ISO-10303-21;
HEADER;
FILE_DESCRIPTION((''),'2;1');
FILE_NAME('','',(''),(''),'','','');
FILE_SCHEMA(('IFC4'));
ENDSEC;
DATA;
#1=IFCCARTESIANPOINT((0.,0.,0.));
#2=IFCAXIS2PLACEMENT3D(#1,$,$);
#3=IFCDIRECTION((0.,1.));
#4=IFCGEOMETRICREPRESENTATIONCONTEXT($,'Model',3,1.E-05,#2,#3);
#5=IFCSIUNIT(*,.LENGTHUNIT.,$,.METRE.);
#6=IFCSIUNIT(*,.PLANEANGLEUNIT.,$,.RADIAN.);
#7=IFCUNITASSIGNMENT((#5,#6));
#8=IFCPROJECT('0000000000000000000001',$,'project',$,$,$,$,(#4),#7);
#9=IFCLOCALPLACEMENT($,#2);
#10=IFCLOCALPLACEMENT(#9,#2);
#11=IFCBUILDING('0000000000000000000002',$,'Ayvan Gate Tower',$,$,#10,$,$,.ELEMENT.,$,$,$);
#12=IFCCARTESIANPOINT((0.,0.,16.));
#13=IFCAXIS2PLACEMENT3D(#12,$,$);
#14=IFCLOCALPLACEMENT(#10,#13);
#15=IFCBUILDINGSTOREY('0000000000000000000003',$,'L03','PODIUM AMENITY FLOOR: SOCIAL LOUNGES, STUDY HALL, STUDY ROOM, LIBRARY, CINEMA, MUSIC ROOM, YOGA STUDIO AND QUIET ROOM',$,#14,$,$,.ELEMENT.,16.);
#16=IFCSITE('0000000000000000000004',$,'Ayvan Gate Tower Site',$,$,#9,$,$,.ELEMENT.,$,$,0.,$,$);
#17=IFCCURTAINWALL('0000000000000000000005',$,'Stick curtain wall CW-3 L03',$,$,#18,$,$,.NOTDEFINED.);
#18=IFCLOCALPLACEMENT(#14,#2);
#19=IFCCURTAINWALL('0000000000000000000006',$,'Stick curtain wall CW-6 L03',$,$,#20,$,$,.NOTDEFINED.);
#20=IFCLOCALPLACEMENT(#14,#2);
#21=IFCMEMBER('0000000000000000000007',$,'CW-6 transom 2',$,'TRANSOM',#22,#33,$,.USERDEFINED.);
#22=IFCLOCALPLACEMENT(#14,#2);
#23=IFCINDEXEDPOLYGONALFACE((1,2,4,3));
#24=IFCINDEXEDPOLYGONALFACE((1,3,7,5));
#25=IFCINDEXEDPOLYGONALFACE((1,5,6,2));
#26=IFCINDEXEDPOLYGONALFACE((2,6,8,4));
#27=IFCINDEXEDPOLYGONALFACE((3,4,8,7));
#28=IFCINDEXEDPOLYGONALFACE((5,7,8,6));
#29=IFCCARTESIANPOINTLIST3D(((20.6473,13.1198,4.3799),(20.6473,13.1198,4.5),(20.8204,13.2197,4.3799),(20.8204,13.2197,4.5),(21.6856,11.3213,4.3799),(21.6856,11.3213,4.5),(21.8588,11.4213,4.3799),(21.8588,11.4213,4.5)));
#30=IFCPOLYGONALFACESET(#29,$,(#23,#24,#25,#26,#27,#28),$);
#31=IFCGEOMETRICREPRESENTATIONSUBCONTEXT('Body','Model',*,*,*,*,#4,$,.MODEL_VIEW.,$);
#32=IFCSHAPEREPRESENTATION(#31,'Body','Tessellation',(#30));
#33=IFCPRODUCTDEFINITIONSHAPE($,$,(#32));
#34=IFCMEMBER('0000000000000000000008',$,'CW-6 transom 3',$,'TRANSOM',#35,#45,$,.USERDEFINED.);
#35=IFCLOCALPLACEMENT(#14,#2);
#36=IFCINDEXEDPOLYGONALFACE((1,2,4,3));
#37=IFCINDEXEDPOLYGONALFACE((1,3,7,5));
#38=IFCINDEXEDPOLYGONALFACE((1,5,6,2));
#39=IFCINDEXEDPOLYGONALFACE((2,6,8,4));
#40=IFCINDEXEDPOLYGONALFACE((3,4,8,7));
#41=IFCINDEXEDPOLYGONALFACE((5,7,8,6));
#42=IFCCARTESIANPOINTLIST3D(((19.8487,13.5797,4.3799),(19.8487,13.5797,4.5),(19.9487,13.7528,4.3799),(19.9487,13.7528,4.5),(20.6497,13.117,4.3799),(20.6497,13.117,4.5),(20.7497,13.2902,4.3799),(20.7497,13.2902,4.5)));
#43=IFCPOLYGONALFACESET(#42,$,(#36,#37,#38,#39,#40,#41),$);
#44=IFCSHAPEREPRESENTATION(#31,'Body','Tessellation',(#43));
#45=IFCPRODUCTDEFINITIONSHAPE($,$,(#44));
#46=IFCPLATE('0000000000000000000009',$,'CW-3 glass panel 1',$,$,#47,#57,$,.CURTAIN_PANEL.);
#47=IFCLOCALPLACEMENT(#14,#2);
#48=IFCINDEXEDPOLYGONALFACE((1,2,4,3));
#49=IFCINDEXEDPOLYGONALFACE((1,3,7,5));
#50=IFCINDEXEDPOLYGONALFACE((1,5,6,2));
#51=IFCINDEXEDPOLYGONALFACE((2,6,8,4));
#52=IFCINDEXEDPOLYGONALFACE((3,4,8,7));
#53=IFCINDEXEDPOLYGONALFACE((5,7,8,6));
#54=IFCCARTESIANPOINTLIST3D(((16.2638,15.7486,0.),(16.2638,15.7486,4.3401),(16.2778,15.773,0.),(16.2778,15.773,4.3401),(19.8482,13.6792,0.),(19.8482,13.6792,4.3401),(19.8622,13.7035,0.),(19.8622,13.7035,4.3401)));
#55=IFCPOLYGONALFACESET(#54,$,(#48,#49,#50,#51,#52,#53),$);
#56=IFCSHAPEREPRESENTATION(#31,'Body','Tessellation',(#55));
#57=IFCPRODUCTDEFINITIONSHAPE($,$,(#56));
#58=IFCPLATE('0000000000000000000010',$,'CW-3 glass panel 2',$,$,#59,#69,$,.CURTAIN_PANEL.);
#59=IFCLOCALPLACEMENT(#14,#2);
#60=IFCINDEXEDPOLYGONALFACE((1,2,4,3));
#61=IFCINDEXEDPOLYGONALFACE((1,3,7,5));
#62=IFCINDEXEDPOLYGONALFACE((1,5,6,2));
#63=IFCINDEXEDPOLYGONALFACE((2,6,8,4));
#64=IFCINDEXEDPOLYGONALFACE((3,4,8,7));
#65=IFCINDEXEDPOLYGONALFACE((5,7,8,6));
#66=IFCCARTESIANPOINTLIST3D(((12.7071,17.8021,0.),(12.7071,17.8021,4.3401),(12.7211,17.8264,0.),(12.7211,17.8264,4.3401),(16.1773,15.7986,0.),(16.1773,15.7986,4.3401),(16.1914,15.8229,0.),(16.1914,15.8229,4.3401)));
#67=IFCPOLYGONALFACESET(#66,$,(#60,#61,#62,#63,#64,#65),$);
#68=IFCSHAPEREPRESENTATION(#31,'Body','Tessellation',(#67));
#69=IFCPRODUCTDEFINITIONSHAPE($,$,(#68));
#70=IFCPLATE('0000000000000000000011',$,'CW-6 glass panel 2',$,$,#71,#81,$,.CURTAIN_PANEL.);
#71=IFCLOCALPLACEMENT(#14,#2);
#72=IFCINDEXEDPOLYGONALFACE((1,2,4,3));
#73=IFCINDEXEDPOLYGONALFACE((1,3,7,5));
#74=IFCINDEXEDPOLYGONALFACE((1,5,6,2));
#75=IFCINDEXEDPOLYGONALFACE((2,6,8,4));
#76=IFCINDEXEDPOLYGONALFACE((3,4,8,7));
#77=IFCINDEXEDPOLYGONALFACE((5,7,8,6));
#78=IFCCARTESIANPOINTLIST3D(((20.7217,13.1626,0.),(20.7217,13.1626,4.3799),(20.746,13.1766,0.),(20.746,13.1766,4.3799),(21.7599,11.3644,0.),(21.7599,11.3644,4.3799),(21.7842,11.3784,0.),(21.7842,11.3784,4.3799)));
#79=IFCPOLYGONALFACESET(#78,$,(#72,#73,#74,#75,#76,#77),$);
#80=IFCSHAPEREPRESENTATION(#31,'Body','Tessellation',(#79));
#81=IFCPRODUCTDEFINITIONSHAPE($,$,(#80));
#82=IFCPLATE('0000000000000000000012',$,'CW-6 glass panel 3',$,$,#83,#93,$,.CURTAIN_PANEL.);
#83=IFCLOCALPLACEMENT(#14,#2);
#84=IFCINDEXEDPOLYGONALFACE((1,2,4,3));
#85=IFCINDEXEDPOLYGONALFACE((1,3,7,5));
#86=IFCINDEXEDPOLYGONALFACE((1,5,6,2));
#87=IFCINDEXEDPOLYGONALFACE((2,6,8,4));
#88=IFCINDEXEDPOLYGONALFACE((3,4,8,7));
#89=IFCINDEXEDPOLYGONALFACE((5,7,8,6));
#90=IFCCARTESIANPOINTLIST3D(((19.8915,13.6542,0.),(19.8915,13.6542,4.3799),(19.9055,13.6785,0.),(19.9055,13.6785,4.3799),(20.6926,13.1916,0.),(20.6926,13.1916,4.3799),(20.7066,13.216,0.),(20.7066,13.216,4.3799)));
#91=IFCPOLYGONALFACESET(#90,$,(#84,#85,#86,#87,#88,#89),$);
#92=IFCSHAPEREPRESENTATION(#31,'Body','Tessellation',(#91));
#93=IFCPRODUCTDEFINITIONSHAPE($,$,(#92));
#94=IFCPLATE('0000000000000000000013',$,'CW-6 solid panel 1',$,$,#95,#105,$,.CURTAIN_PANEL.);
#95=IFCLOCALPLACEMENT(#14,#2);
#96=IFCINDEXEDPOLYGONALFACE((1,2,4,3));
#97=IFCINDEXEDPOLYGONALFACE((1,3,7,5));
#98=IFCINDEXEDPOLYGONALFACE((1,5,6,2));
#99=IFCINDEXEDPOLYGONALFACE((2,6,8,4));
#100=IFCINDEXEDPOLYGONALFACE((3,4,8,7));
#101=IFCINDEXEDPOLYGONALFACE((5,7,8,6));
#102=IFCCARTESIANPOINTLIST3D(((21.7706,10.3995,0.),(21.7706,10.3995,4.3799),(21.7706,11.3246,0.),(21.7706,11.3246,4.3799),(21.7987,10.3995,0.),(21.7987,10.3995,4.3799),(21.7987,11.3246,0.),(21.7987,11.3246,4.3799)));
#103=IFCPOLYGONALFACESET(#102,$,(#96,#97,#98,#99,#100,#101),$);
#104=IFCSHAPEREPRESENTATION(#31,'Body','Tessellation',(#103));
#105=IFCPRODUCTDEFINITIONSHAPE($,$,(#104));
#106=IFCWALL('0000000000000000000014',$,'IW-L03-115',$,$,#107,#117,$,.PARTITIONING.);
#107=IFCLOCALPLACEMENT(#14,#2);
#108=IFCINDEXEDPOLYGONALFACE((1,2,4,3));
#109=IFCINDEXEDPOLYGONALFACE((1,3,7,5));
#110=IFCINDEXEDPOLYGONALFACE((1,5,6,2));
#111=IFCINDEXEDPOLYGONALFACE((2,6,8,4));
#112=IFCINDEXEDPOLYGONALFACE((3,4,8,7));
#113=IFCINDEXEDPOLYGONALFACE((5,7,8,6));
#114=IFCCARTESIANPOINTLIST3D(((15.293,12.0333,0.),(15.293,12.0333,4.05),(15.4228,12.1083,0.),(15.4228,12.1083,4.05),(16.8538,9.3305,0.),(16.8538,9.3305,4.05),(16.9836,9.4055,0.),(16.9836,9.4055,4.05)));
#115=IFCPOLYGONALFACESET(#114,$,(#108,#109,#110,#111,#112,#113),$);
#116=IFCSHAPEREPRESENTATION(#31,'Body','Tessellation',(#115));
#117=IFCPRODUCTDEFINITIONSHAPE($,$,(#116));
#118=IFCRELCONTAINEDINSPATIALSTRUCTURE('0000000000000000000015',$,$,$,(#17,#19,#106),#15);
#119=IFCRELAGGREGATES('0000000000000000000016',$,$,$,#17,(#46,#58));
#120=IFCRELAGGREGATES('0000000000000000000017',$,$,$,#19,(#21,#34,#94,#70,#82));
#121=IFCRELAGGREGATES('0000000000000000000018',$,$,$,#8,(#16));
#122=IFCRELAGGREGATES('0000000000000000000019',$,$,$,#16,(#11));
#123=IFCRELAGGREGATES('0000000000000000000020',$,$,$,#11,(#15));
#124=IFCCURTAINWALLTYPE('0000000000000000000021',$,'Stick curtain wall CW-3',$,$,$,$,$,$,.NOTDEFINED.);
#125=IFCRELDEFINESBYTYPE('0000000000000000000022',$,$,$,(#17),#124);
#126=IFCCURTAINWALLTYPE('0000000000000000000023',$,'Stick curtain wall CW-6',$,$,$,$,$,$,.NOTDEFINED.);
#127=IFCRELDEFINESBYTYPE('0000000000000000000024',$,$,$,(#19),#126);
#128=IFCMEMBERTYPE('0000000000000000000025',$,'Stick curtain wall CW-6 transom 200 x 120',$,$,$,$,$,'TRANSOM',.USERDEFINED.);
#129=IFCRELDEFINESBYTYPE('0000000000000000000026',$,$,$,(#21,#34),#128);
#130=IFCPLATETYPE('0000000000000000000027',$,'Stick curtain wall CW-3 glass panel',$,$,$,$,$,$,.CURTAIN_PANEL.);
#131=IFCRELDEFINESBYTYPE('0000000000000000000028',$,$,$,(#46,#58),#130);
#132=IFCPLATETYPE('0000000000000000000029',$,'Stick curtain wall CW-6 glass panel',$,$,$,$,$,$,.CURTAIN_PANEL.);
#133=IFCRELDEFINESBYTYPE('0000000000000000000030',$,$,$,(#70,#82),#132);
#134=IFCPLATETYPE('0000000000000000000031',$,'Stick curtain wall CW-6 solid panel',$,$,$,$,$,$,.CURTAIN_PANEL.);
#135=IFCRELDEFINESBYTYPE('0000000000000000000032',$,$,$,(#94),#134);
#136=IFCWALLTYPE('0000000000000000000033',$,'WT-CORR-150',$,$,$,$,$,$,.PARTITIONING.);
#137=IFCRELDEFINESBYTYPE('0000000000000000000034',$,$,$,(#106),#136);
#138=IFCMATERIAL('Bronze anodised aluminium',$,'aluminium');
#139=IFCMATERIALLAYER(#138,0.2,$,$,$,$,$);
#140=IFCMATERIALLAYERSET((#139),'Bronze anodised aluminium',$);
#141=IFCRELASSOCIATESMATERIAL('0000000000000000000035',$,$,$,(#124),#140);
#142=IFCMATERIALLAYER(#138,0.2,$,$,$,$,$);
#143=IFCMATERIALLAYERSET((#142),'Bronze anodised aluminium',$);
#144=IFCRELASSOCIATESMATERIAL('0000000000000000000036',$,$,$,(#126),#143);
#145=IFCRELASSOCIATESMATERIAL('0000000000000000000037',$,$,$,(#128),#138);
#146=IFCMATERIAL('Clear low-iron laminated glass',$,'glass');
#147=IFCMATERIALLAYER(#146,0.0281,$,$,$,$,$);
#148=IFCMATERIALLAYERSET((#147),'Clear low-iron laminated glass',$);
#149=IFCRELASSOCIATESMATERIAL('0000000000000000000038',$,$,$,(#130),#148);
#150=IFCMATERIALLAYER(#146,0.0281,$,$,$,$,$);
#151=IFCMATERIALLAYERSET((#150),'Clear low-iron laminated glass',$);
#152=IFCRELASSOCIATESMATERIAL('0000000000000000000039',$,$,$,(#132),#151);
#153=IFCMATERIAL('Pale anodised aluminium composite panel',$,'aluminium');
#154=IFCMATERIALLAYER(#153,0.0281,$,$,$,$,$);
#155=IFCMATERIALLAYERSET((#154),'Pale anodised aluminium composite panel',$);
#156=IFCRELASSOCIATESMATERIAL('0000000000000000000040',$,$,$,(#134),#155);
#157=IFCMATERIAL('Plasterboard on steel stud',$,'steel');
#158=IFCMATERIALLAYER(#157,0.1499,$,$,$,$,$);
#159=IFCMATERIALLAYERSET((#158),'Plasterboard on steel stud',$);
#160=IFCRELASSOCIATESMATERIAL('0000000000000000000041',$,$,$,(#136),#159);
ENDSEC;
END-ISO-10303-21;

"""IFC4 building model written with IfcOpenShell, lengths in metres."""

from ifc_helpers import new_model, si_unit, direction, frame, frame_2d, origin, origin_2d, place, context, subcontext, project, spatial, rectangle, extrude, material, layer, layer_set, material_profile, profile_set, type_object, element, aggregate, save


model = new_model("IFC4")

# Units and contexts
model_context = context("Model", 3, precision=1e-05, world=origin(), true_north=direction((0.0, 1.0)))
body_context = subcontext(model_context, "Body", "Model", "MODEL_VIEW")
ifc_project = project(units=[si_unit("LENGTHUNIT", "METRE"), si_unit("PLANEANGLEUNIT", "RADIAN")], contexts=[model_context])

# Site, building, storey
site_placement = place(None, origin())
site = spatial("IfcSite", under=ifc_project, at=site_placement, Name="Ayvan Gate Tower Site", CompositionType="ELEMENT", RefElevation=0.0)
building_placement = place(site_placement, origin())
building = spatial("IfcBuilding", under=site, at=building_placement, Name="Ayvan Gate Tower", CompositionType="ELEMENT")
storey_placement = place(building_placement, frame((0.0, 0.0, 16.0)))
storey = spatial("IfcBuildingStorey", under=building, at=storey_placement, Name="L03", Description="PODIUM AMENITY FLOOR: SOCIAL LOUNGES, STUDY HALL, STUDY ROOM, LIBRARY, CINEMA, MUSIC ROOM, YOGA STUDIO AND QUIET ROOM", CompositionType="ELEMENT", Elevation=16.0)

# Curtain walls, members
ifc_material_1 = material(Name="Bronze anodised aluminium", Category="aluminium")
ifc_layer_1 = layer(ifc_material_1, 0.2)
ifc_layer_set_1 = layer_set([ifc_layer_1], Name="Bronze anodised aluminium")
curtain_wall_type_1 = type_object("IfcCurtainWallType", Name="Stick curtain wall CW-3", PredefinedType="NOTDEFINED", material=ifc_layer_set_1)
curtain_wall_1_placement = place(storey_placement, origin())
curtain_wall_1 = element("IfcCurtainWall", 1, at=curtain_wall_1_placement, inside=storey, type_object=curtain_wall_type_1, Name="Stick curtain wall CW-3 L03", PredefinedType="NOTDEFINED")
ifc_layer_2 = layer(ifc_material_1, 0.2)
ifc_layer_set_2 = layer_set([ifc_layer_2], Name="Bronze anodised aluminium")
curtain_wall_type_2 = type_object("IfcCurtainWallType", Name="Stick curtain wall CW-6", PredefinedType="NOTDEFINED", material=ifc_layer_set_2)
curtain_wall_2_placement = place(storey_placement, origin())
curtain_wall_2 = element("IfcCurtainWall", 2, at=curtain_wall_2_placement, inside=storey, type_object=curtain_wall_type_2, Name="Stick curtain wall CW-6 L03", PredefinedType="NOTDEFINED")
ifc_material_profile_1 = material_profile(ifc_material_1, rectangle(XDim=0.2, YDim=0.1201, at=origin_2d()), Name="Stick curtain wall CW-6 transom 200 x 120")
ifc_profile_set_1 = profile_set([ifc_material_profile_1], Name="Bronze anodised aluminium")
member_type_1 = type_object("IfcMemberType", Name="Stick curtain wall CW-6 transom 200 x 120", ElementType="TRANSOM", PredefinedType="USERDEFINED", material=ifc_profile_set_1)
member_1_placement = place(storey_placement, frame((21.7722, 11.3713, 4.4399), z_axis=(-0.500021, 0.866013, 0.0), x_axis=(-0.866013, -0.500021, 0.0)))
member_1 = element("IfcMember", 3, at=member_1_placement, type_object=member_type_1, Name="CW-6 transom 2", ObjectType="TRANSOM", PredefinedType="USERDEFINED", context=body_context, shape_type="SweptSolid", body=[
    extrude(rectangle(XDim=0.2, YDim=0.1201, at=origin_2d()), origin(), (0.0, 0.0, 1.0), 2.0767),
])
member_2_placement = place(storey_placement, frame((20.6997, 13.2036, 4.4399), z_axis=(-0.865944, 0.500141, 0.0), x_axis=(-0.500141, -0.865944, 0.0)))
member_2 = element("IfcMember", 4, at=member_2_placement, type_object=member_type_1, Name="CW-6 transom 3", ObjectType="TRANSOM", PredefinedType="USERDEFINED", context=body_context, shape_type="SweptSolid", body=[
    extrude(rectangle(XDim=0.2, YDim=0.1201, at=origin_2d()), origin(), (0.0, 0.0, 1.0), 0.925),
])

# Plates
ifc_material_2 = material(Name="Clear low-iron laminated glass", Category="glass")
ifc_layer_3 = layer(ifc_material_2, 0.0281)
ifc_layer_set_3 = layer_set([ifc_layer_3], Name="Clear low-iron laminated glass")
plate_type_1 = type_object("IfcPlateType", Name="Stick curtain wall CW-3 glass panel", PredefinedType="CURTAIN_PANEL", material=ifc_layer_set_3)
plate_1_placement = place(storey_placement, frame((18.063, 14.7261, 0.0), z_axis=(0.0, 0.0, 1.0), x_axis=(-0.866025, 0.5, 0.0)))
plate_1 = element("IfcPlate", 5, at=plate_1_placement, type_object=plate_type_1, Name="CW-3 glass panel 1", PredefinedType="CURTAIN_PANEL", context=body_context, shape_type="SweptSolid", body=[
    extrude(rectangle(XDim=4.1389, YDim=0.0281, at=origin_2d()), origin(), (0.0, 0.0, 1.0), 4.3401),
])
plate_2_placement = place(storey_placement, frame((14.4492, 16.8125, 0.0), z_axis=(0.0, 0.0, 1.0), x_axis=(-0.866025, 0.5, 0.0)))
plate_2 = element("IfcPlate", 6, at=plate_2_placement, type_object=plate_type_1, Name="CW-3 glass panel 2", PredefinedType="CURTAIN_PANEL", context=body_context, shape_type="SweptSolid", body=[
    extrude(rectangle(XDim=4.0071, YDim=0.0281, at=origin_2d()), origin(), (0.0, 0.0, 1.0), 4.3401),
])
aggregate(curtain_wall_1, [plate_1, plate_2])
ifc_layer_4 = layer(ifc_material_2, 0.0281)
ifc_layer_set_4 = layer_set([ifc_layer_4], Name="Clear low-iron laminated glass")
plate_type_2 = type_object("IfcPlateType", Name="Stick curtain wall CW-6 glass panel", PredefinedType="CURTAIN_PANEL", material=ifc_layer_set_4)
plate_3_placement = place(storey_placement, frame((21.2529, 12.2705, 0.0), z_axis=(0.0, 0.0, 1.0), x_axis=(-0.5, 0.866025, 0.0)))
plate_3 = element("IfcPlate", 7, at=plate_3_placement, type_object=plate_type_2, Name="CW-6 glass panel 2", PredefinedType="CURTAIN_PANEL", context=body_context, shape_type="SweptSolid", body=[
    extrude(rectangle(XDim=2.0764, YDim=0.0281, at=origin_2d()), origin(), (0.0, 0.0, 1.0), 4.3799),
])
plate_4_placement = place(storey_placement, frame((20.2991, 13.4351, 0.0), z_axis=(0.0, 0.0, 1.0), x_axis=(-0.866025, 0.5, 0.0)))
plate_4 = element("IfcPlate", 8, at=plate_4_placement, type_object=plate_type_2, Name="CW-6 glass panel 3", PredefinedType="CURTAIN_PANEL", context=body_context, shape_type="SweptSolid", body=[
    extrude(rectangle(XDim=0.925, YDim=0.0281, at=origin_2d()), origin(), (0.0, 0.0, 1.0), 4.3799),
])
ifc_material_3 = material(Name="Pale anodised aluminium composite panel", Category="aluminium")
ifc_layer_5 = layer(ifc_material_3, 0.0281)
ifc_layer_set_5 = layer_set([ifc_layer_5], Name="Pale anodised aluminium composite panel")
plate_type_3 = type_object("IfcPlateType", Name="Stick curtain wall CW-6 solid panel", PredefinedType="CURTAIN_PANEL", material=ifc_layer_set_5)
plate_5_placement = place(storey_placement, frame((21.7847, 10.8621, 0.0), z_axis=(0.0, 0.0, 1.0), x_axis=(0.0, 1.0, 0.0)))
plate_5 = element("IfcPlate", 9, at=plate_5_placement, type_object=plate_type_3, Name="CW-6 solid panel 1", PredefinedType="CURTAIN_PANEL", context=body_context, shape_type="SweptSolid", body=[
    extrude(rectangle(XDim=0.925, YDim=0.0281, at=origin_2d()), origin(), (0.0, 0.0, 1.0), 4.3799),
])
aggregate(curtain_wall_2, [member_1, member_2, plate_5, plate_3, plate_4])

# Wall
ifc_material_4 = material(Name="Plasterboard on steel stud", Category="steel")
ifc_layer_6 = layer(ifc_material_4, 0.1499)
ifc_layer_set_6 = layer_set([ifc_layer_6], Name="Plasterboard on steel stud")
wall_type = type_object("IfcWallType", Name="WT-CORR-150", PredefinedType="PARTITIONING", material=ifc_layer_set_6)
wall_placement = place(storey_placement, frame((15.3579, 12.0708, 0.0), z_axis=(0.0, 0.0, 1.0), x_axis=(0.500068, -0.865986, 0.0)))
element("IfcWall", 10, at=wall_placement, inside=storey, type_object=wall_type, Name="IW-L03-115", PredefinedType="PARTITIONING", context=body_context, shape_type="SweptSolid", body=[
    extrude(rectangle(XDim=3.1211, YDim=0.1499, at=frame_2d((1.5605, 0.0))), origin(), (0.0, 0.0, 1.0), 4.05),
])

save(model, "model.ifc")
